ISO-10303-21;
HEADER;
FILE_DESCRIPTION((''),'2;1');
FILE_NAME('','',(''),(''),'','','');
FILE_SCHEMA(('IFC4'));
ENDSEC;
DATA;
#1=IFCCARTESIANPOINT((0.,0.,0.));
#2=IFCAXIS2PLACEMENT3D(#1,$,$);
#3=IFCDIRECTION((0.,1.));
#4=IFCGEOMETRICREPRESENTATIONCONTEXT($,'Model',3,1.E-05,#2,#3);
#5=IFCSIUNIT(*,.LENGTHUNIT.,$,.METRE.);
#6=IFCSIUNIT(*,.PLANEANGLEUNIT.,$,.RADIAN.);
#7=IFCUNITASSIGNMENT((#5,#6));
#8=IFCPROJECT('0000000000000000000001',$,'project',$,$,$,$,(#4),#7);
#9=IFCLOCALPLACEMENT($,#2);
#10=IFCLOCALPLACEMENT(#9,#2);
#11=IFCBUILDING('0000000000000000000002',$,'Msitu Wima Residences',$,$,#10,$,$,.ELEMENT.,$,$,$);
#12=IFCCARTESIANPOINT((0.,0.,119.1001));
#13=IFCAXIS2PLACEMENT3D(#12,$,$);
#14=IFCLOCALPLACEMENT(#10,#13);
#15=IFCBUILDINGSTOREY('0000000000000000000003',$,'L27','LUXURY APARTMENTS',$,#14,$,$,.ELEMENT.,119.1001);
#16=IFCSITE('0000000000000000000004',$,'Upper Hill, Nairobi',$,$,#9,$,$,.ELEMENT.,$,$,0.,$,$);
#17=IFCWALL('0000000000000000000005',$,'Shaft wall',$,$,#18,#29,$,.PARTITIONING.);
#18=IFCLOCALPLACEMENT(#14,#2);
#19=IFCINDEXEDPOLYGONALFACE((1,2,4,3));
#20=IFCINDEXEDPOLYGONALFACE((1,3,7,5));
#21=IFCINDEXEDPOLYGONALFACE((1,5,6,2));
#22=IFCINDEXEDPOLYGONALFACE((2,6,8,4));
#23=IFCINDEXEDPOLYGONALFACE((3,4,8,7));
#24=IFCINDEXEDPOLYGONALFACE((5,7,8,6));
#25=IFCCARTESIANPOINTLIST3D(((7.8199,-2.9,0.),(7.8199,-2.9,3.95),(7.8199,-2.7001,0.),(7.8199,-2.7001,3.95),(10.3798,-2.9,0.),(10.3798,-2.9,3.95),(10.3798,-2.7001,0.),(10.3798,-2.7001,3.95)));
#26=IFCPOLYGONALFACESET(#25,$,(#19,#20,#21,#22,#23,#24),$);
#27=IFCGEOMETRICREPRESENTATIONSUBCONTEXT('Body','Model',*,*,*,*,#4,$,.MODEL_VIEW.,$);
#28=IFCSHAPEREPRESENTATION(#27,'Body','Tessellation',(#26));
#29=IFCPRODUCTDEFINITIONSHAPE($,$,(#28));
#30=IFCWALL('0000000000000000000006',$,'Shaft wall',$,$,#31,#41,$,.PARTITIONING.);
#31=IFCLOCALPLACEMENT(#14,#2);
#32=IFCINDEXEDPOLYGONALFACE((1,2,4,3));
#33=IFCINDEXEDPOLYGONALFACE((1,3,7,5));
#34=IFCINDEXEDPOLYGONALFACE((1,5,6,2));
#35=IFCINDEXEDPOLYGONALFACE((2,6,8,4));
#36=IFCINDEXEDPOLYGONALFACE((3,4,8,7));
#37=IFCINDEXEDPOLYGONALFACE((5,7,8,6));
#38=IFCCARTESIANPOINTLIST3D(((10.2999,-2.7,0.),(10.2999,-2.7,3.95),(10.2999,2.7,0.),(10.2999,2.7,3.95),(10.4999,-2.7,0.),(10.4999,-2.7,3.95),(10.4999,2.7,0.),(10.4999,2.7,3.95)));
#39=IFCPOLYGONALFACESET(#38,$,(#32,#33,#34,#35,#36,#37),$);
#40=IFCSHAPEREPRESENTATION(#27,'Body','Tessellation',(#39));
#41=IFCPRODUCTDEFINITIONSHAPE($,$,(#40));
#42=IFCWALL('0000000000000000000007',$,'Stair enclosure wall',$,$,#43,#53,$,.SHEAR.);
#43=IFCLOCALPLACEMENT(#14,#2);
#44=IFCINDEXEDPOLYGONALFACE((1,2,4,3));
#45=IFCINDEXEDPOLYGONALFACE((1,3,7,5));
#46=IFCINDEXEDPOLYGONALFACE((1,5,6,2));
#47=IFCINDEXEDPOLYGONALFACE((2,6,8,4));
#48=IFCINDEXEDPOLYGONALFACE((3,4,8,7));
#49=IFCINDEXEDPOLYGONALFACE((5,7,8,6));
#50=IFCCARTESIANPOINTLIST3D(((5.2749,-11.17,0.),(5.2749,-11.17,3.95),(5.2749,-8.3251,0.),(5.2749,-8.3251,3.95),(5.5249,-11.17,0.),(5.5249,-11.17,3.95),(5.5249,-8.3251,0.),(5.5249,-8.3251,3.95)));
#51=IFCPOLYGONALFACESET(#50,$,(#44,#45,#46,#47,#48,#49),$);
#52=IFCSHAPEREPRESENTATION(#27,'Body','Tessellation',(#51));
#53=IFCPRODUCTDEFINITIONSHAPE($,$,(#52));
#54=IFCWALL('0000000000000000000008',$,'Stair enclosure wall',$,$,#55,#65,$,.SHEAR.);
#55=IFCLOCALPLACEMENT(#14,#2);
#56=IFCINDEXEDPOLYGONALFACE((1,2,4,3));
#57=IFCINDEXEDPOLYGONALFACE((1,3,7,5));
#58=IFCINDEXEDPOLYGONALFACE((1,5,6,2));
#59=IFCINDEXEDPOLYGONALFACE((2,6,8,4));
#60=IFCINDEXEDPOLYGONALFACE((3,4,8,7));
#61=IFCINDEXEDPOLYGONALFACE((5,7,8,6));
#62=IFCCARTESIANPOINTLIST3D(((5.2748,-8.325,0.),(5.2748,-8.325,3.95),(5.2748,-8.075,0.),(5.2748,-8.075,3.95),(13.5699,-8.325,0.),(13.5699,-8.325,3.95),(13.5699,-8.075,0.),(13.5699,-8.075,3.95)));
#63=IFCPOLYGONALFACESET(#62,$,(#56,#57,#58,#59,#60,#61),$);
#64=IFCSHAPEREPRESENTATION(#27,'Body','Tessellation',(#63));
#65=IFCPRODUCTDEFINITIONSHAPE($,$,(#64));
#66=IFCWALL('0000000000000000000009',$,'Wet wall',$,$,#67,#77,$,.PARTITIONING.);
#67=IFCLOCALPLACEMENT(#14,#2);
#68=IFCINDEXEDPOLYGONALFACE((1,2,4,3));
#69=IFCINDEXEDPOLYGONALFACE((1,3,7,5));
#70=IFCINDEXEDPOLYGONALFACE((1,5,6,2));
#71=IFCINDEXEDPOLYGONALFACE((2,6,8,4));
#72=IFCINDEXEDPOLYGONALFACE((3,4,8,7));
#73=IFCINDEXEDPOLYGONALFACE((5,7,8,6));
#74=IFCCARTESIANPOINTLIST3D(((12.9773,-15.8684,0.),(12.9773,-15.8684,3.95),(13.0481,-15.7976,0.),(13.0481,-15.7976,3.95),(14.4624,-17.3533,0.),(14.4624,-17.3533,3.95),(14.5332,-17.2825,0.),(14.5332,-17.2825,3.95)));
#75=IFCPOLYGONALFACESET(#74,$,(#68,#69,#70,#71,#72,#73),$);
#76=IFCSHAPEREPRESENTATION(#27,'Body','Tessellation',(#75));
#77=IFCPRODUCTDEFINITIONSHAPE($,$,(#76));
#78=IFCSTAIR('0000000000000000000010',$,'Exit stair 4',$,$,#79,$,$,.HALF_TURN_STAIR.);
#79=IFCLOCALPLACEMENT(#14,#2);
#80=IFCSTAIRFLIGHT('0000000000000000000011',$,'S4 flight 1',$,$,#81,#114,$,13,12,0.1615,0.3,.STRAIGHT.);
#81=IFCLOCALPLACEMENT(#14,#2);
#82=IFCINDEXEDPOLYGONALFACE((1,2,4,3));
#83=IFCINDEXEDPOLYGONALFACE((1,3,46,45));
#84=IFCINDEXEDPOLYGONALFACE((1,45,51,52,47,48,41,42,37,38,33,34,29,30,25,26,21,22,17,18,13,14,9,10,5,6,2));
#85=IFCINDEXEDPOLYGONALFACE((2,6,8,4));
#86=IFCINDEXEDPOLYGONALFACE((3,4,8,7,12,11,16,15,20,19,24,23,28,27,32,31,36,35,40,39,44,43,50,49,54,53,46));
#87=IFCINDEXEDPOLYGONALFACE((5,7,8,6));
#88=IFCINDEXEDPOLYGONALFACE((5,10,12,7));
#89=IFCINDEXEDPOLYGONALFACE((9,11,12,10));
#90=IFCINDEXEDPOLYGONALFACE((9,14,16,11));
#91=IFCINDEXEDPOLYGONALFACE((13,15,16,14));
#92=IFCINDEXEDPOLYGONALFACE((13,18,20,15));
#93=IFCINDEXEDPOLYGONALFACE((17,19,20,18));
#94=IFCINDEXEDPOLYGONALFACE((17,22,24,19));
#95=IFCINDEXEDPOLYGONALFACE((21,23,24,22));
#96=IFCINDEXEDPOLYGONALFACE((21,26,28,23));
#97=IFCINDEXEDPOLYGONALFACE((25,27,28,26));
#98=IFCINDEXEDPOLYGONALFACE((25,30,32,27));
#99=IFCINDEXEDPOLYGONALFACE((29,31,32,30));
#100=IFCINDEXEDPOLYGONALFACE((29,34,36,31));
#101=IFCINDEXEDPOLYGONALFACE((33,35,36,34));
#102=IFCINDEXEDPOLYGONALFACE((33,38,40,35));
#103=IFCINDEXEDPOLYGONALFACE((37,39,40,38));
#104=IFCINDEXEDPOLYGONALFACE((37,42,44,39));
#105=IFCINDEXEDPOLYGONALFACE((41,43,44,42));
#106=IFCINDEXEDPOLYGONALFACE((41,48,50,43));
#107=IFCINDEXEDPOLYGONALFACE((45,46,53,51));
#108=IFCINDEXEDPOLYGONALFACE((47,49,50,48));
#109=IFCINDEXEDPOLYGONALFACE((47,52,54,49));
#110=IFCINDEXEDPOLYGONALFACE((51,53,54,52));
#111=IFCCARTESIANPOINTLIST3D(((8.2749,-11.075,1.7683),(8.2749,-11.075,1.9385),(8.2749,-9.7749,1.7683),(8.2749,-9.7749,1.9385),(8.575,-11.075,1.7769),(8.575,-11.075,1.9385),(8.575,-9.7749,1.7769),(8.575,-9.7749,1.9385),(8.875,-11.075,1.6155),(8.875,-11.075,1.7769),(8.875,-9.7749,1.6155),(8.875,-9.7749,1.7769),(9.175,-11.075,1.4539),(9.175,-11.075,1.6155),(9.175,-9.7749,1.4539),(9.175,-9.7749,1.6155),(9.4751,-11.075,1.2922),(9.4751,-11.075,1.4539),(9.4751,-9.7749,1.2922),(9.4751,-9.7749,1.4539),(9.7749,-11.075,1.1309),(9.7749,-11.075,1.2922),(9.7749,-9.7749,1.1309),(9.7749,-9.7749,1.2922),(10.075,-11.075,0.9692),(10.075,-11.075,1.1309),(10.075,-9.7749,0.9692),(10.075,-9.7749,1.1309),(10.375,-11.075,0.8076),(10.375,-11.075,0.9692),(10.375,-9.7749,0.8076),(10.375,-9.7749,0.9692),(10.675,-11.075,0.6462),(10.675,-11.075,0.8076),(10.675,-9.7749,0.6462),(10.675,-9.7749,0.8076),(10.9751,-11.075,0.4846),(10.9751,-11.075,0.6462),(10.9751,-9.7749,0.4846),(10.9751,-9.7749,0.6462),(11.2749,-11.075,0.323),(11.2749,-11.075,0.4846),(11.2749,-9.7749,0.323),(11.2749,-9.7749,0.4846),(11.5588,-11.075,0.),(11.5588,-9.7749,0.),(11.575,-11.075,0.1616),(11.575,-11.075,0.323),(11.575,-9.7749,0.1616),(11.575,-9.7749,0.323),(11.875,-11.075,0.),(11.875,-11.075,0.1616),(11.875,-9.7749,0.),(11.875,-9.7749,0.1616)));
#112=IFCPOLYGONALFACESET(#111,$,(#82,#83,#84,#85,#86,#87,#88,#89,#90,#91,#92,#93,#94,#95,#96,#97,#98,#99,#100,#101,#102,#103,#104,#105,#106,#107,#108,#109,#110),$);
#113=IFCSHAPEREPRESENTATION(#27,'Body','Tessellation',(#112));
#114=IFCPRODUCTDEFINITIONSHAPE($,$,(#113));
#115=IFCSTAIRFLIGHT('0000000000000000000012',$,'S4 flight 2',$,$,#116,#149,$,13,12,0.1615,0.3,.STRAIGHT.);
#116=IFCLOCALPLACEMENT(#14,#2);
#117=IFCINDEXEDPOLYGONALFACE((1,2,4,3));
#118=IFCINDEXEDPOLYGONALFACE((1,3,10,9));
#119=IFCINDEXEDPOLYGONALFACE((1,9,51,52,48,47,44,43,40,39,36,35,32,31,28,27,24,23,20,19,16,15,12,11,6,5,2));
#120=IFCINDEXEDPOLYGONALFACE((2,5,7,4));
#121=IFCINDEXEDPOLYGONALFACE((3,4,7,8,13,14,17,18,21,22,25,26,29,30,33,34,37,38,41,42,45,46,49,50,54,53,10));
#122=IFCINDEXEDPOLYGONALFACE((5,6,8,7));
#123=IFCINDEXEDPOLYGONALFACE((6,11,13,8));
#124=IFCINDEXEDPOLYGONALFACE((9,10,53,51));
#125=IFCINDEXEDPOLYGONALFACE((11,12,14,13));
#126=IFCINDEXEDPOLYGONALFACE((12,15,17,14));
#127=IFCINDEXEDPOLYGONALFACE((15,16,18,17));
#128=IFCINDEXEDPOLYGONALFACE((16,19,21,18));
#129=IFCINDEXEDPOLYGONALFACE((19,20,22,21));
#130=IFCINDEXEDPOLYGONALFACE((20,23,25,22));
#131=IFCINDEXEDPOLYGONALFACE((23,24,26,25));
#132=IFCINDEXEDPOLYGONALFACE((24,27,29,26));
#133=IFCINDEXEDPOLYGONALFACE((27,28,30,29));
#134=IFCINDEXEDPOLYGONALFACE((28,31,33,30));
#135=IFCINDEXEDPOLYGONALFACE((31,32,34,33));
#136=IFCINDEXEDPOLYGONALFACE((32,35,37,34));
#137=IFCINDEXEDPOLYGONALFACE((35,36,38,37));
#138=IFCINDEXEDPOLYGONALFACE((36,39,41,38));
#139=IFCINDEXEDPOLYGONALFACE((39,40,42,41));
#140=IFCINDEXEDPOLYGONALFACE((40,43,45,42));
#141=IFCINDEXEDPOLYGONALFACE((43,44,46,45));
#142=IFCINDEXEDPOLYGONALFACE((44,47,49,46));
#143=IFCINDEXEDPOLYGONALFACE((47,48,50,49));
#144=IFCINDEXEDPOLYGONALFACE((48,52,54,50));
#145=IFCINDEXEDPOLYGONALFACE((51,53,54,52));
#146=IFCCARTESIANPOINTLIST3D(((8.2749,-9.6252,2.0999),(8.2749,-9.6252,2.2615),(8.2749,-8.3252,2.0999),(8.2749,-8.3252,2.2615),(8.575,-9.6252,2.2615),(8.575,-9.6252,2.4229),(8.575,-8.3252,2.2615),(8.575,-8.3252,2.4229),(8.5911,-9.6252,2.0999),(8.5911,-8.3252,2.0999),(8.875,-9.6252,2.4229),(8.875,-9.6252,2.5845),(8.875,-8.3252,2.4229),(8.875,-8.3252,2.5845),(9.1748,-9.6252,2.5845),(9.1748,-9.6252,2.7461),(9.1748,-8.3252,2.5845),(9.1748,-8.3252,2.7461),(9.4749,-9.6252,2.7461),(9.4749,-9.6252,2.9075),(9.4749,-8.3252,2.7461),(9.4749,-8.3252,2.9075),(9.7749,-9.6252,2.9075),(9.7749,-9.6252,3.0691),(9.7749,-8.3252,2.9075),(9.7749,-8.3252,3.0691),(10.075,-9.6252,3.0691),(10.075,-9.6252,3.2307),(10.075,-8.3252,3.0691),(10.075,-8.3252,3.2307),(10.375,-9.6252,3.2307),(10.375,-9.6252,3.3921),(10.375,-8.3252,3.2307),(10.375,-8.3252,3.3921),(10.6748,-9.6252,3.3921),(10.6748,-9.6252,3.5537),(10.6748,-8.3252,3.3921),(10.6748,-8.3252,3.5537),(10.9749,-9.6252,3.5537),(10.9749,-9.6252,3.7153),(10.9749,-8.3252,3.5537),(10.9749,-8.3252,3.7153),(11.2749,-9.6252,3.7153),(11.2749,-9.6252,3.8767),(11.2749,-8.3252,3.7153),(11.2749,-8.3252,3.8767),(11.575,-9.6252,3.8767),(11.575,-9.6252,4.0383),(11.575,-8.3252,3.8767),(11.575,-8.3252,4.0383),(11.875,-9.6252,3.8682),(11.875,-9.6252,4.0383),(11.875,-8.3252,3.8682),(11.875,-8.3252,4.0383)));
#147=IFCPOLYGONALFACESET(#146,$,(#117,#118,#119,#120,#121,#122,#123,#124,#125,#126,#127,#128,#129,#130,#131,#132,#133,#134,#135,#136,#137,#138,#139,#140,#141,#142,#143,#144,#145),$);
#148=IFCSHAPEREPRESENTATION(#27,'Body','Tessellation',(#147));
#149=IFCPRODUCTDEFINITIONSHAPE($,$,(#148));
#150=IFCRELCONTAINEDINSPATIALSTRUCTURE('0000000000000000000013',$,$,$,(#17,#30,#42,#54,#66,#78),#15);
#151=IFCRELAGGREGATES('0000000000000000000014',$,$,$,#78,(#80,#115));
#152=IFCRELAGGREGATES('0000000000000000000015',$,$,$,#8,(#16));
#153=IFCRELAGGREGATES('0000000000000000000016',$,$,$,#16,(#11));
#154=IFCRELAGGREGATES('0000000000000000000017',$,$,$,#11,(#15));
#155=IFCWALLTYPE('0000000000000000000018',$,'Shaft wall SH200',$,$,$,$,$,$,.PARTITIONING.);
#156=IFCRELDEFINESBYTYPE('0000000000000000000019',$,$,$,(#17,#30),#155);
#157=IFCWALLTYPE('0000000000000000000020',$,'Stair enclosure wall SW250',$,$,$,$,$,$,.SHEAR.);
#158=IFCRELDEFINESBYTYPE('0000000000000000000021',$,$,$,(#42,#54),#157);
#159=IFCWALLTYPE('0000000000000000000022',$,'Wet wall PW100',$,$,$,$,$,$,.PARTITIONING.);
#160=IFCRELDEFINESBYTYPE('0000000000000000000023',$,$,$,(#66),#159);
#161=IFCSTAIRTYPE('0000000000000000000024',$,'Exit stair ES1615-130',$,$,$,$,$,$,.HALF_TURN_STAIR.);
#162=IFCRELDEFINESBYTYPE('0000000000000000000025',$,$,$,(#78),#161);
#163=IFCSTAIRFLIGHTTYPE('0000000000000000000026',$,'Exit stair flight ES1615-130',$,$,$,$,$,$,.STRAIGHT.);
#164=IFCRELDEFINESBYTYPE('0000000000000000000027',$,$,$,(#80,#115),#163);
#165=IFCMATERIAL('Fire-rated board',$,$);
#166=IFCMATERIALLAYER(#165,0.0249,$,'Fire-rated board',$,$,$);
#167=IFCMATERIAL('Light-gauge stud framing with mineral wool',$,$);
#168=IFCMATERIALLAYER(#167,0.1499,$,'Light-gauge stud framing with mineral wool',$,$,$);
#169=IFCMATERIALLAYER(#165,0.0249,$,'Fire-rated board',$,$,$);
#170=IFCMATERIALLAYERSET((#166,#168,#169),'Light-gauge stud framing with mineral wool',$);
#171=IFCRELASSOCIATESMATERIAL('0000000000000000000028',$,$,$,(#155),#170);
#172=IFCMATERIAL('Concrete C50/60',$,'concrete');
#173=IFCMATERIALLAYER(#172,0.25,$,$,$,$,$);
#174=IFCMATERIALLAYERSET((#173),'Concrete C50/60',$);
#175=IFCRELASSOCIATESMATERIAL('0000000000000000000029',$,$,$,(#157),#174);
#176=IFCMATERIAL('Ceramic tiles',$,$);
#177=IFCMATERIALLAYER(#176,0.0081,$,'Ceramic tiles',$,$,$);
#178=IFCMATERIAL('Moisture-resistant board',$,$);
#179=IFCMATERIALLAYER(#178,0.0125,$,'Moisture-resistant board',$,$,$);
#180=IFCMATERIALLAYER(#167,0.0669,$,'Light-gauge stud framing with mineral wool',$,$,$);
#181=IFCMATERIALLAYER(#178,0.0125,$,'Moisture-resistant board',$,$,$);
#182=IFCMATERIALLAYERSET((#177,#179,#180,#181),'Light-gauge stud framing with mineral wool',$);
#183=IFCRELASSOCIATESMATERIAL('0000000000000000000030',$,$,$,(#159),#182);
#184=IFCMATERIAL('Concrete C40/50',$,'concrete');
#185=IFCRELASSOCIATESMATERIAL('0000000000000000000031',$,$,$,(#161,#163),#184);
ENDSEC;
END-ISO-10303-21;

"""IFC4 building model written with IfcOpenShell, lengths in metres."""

from ifc_helpers import new_model, si_unit, direction, frame, frame_2d, origin, place, context, subcontext, project, spatial, polyline, rectangle, outline, extrude, material, layer, layer_set, type_object, element, aggregate, save


model = new_model("IFC4")

# Units and contexts
model_context = context("Model", 3, precision=1e-05, world=origin(), true_north=direction((0.0, 1.0)))
body_context = subcontext(model_context, "Body", "Model", "MODEL_VIEW")
ifc_project = project(units=[si_unit("LENGTHUNIT", "METRE"), si_unit("PLANEANGLEUNIT", "RADIAN")], contexts=[model_context])

# Site, building, storey
site_placement = place(None, origin())
site = spatial("IfcSite", under=ifc_project, at=site_placement, Name="Upper Hill, Nairobi", CompositionType="ELEMENT", RefElevation=0.0)
building_placement = place(site_placement, origin())
building = spatial("IfcBuilding", under=site, at=building_placement, Name="Msitu Wima Residences", CompositionType="ELEMENT")
storey_placement = place(building_placement, frame((0.0, 0.0, 119.1001)))
storey = spatial("IfcBuildingStorey", under=building, at=storey_placement, Name="L27", Description="LUXURY APARTMENTS", CompositionType="ELEMENT", Elevation=119.1001)

# Shared definitions
ifc_material_1 = material(Name="Concrete C40/50", Category="concrete")

# Walls
ifc_material_2 = material(Name="Fire-rated board")
ifc_layer_1 = layer(ifc_material_2, 0.0249, Name="Fire-rated board")
ifc_material_3 = material(Name="Light-gauge stud framing with mineral wool")
ifc_layer_2 = layer(ifc_material_3, 0.1499, Name="Light-gauge stud framing with mineral wool")
ifc_layer_3 = layer(ifc_material_2, 0.0249, Name="Fire-rated board")
ifc_layer_set_1 = layer_set([ifc_layer_1, ifc_layer_2, ifc_layer_3], Name="Light-gauge stud framing with mineral wool")
wall_type_1 = type_object("IfcWallType", Name="Shaft wall SH200", PredefinedType="PARTITIONING", material=ifc_layer_set_1)
wall_1_placement = place(storey_placement, frame((7.8201, -2.8, 0.0), z_axis=(0.0, 0.0, 1.0), x_axis=(1.0, 0.0, 0.0)))
element("IfcWall", 1, at=wall_1_placement, inside=storey, type_object=wall_type_1, Name="Shaft wall", PredefinedType="PARTITIONING", context=body_context, shape_type="SweptSolid", body=[
    extrude(rectangle(XDim=2.5598, YDim=0.2, at=frame_2d((1.2798, 0.0))), origin(), (0.0, 0.0, 1.0), 3.95),
])
wall_2_placement = place(storey_placement, frame((10.3999, -2.7, 0.0), z_axis=(0.0, 0.0, 1.0), x_axis=(0.0, 1.0, 0.0)))
element("IfcWall", 2, at=wall_2_placement, inside=storey, type_object=wall_type_1, Name="Shaft wall", PredefinedType="PARTITIONING", context=body_context, shape_type="SweptSolid", body=[
    extrude(rectangle(XDim=5.3999, YDim=0.2, at=frame_2d((2.7, 0.0))), origin(), (0.0, 0.0, 1.0), 3.95),
])
ifc_material_4 = material(Name="Concrete C50/60", Category="concrete")
ifc_layer_4 = layer(ifc_material_4, 0.25)
ifc_layer_set_2 = layer_set([ifc_layer_4], Name="Concrete C50/60")
wall_type_2 = type_object("IfcWallType", Name="Stair enclosure wall SW250", PredefinedType="SHEAR", material=ifc_layer_set_2)
wall_3_placement = place(storey_placement, frame((5.3999, -11.1699, 0.0), z_axis=(0.0, 0.0, 1.0), x_axis=(0.0, 1.0, 0.0)))
element("IfcWall", 3, at=wall_3_placement, inside=storey, type_object=wall_type_2, Name="Stair enclosure wall", PredefinedType="SHEAR", context=body_context, shape_type="SweptSolid", body=[
    extrude(rectangle(XDim=2.845, YDim=0.25, at=frame_2d((1.4224, 0.0))), origin(), (0.0, 0.0, 1.0), 3.95),
])
wall_4_placement = place(storey_placement, frame((5.2749, -8.2, 0.0), z_axis=(0.0, 0.0, 1.0), x_axis=(1.0, 0.0, 0.0)))
element("IfcWall", 4, at=wall_4_placement, inside=storey, type_object=wall_type_2, Name="Stair enclosure wall", PredefinedType="SHEAR", context=body_context, shape_type="SweptSolid", body=[
    extrude(rectangle(XDim=8.2952, YDim=0.25, at=frame_2d((4.1475, 0.0))), origin(), (0.0, 0.0, 1.0), 3.95),
])
ifc_material_5 = material(Name="Ceramic tiles")
ifc_layer_5 = layer(ifc_material_5, 0.0081, Name="Ceramic tiles")
ifc_material_6 = material(Name="Moisture-resistant board")
ifc_layer_6 = layer(ifc_material_6, 0.0125, Name="Moisture-resistant board")
ifc_layer_7 = layer(ifc_material_3, 0.0669, Name="Light-gauge stud framing with mineral wool")
ifc_layer_8 = layer(ifc_material_6, 0.0125, Name="Moisture-resistant board")
ifc_layer_set_3 = layer_set([ifc_layer_5, ifc_layer_6, ifc_layer_7, ifc_layer_8], Name="Light-gauge stud framing with mineral wool")
wall_type_3 = type_object("IfcWallType", Name="Wet wall PW100", PredefinedType="PARTITIONING", material=ifc_layer_set_3)
wall_5_placement = place(storey_placement, frame((13.0127, -15.833, 0.0), z_axis=(0.0, 0.0, 1.0), x_axis=(0.707165, -0.707049, 0.0)))
element("IfcWall", 5, at=wall_5_placement, inside=storey, type_object=wall_type_3, Name="Wet wall", PredefinedType="PARTITIONING", context=body_context, shape_type="SweptSolid", body=[
    extrude(rectangle(XDim=2.1001, YDim=0.1001, at=frame_2d((1.05, 0.0))), origin(), (0.0, 0.0, 1.0), 3.95),
])

# Stair, stair flights
stair_type = type_object("IfcStairType", Name="Exit stair ES1615-130", PredefinedType="HALF_TURN_STAIR", material=ifc_material_1)
stair_placement = place(storey_placement, origin())
stair = element("IfcStair", 6, at=stair_placement, inside=storey, type_object=stair_type, Name="Exit stair 4", PredefinedType="HALF_TURN_STAIR")
stair_flight_type = type_object("IfcStairFlightType", Name="Exit stair flight ES1615-130", PredefinedType="STRAIGHT", material=ifc_material_1)
stair_flight_1_placement = place(storey_placement, frame((11.875, -10.425, 0.0), z_axis=(0.0, 0.0, 1.0), x_axis=(-1.0, 0.0, 0.0)))
stair_flight_1 = element("IfcStairFlight", 7, at=stair_flight_1_placement, type_object=stair_flight_type, Name="S4 flight 1", NumberOfRisers=13, NumberOfTreads=12, PredefinedType="STRAIGHT", RiserHeight=0.1615, TreadLength=0.3, context=body_context, shape_type="SweptSolid", body=[
    extrude(outline(polyline([(0.0, 0.0), (0.0, 0.1616), (0.3, 0.1616), (0.3, 0.323), (0.6001, 0.323), (0.6001, 0.4846), (0.8999, 0.4846), (0.8999, 0.6462), (1.2, 0.6462), (1.2, 0.8076), (1.5, 0.8076), (1.5, 0.9692), (1.8, 0.9692), (1.8, 1.1309), (2.1001, 1.1309), (2.1001, 1.2922), (2.3999, 1.2922), (2.3999, 1.4539), (2.7, 1.4539), (2.7, 1.6155), (3.0, 1.6155), (3.0, 1.7769), (3.3, 1.7769), (3.3, 1.9385), (3.6001, 1.9385), (3.6001, 2.1001), (3.6001, 1.7683), (0.3162, 0.0), (0.0, 0.0)])), frame((0.0, 0.6499, 0.0), z_axis=(0.0, -1.0, 0.0), x_axis=(1.0, 0.0, 0.0)), (0.0, 0.0, 1.0), 1.3),
])
stair_flight_2_placement = place(storey_placement, frame((8.2749, -8.9751, 2.0999), z_axis=(0.0, 0.0, 1.0), x_axis=(1.0, 0.0, 0.0)))
stair_flight_2 = element("IfcStairFlight", 8, at=stair_flight_2_placement, type_object=stair_flight_type, Name="S4 flight 2", NumberOfRisers=13, NumberOfTreads=12, PredefinedType="STRAIGHT", RiserHeight=0.1615, TreadLength=0.3, context=body_context, shape_type="SweptSolid", body=[
    extrude(outline(polyline([(0.0, 0.0), (0.0, 0.1616), (0.3, 0.1616), (0.3, 0.323), (0.6001, 0.323), (0.6001, 0.4846), (0.8999, 0.4846), (0.8999, 0.6462), (1.2, 0.6462), (1.2, 0.8076), (1.5, 0.8076), (1.5, 0.9692), (1.8, 0.9692), (1.8, 1.1309), (2.1001, 1.1309), (2.1001, 1.2922), (2.3999, 1.2922), (2.3999, 1.4539), (2.7, 1.4539), (2.7, 1.6155), (3.0, 1.6155), (3.0, 1.7769), (3.3, 1.7769), (3.3, 1.9385), (3.6001, 1.9385), (3.6001, 2.1001), (3.6001, 1.7683), (0.3162, 0.0), (0.0, 0.0)])), frame((0.0, 0.6499, 0.0), z_axis=(0.0, -1.0, 0.0), x_axis=(1.0, 0.0, 0.0)), (0.0, 0.0, 1.0), 1.3),
])
aggregate(stair, [stair_flight_1, stair_flight_2])

save(model, "model.ifc")
